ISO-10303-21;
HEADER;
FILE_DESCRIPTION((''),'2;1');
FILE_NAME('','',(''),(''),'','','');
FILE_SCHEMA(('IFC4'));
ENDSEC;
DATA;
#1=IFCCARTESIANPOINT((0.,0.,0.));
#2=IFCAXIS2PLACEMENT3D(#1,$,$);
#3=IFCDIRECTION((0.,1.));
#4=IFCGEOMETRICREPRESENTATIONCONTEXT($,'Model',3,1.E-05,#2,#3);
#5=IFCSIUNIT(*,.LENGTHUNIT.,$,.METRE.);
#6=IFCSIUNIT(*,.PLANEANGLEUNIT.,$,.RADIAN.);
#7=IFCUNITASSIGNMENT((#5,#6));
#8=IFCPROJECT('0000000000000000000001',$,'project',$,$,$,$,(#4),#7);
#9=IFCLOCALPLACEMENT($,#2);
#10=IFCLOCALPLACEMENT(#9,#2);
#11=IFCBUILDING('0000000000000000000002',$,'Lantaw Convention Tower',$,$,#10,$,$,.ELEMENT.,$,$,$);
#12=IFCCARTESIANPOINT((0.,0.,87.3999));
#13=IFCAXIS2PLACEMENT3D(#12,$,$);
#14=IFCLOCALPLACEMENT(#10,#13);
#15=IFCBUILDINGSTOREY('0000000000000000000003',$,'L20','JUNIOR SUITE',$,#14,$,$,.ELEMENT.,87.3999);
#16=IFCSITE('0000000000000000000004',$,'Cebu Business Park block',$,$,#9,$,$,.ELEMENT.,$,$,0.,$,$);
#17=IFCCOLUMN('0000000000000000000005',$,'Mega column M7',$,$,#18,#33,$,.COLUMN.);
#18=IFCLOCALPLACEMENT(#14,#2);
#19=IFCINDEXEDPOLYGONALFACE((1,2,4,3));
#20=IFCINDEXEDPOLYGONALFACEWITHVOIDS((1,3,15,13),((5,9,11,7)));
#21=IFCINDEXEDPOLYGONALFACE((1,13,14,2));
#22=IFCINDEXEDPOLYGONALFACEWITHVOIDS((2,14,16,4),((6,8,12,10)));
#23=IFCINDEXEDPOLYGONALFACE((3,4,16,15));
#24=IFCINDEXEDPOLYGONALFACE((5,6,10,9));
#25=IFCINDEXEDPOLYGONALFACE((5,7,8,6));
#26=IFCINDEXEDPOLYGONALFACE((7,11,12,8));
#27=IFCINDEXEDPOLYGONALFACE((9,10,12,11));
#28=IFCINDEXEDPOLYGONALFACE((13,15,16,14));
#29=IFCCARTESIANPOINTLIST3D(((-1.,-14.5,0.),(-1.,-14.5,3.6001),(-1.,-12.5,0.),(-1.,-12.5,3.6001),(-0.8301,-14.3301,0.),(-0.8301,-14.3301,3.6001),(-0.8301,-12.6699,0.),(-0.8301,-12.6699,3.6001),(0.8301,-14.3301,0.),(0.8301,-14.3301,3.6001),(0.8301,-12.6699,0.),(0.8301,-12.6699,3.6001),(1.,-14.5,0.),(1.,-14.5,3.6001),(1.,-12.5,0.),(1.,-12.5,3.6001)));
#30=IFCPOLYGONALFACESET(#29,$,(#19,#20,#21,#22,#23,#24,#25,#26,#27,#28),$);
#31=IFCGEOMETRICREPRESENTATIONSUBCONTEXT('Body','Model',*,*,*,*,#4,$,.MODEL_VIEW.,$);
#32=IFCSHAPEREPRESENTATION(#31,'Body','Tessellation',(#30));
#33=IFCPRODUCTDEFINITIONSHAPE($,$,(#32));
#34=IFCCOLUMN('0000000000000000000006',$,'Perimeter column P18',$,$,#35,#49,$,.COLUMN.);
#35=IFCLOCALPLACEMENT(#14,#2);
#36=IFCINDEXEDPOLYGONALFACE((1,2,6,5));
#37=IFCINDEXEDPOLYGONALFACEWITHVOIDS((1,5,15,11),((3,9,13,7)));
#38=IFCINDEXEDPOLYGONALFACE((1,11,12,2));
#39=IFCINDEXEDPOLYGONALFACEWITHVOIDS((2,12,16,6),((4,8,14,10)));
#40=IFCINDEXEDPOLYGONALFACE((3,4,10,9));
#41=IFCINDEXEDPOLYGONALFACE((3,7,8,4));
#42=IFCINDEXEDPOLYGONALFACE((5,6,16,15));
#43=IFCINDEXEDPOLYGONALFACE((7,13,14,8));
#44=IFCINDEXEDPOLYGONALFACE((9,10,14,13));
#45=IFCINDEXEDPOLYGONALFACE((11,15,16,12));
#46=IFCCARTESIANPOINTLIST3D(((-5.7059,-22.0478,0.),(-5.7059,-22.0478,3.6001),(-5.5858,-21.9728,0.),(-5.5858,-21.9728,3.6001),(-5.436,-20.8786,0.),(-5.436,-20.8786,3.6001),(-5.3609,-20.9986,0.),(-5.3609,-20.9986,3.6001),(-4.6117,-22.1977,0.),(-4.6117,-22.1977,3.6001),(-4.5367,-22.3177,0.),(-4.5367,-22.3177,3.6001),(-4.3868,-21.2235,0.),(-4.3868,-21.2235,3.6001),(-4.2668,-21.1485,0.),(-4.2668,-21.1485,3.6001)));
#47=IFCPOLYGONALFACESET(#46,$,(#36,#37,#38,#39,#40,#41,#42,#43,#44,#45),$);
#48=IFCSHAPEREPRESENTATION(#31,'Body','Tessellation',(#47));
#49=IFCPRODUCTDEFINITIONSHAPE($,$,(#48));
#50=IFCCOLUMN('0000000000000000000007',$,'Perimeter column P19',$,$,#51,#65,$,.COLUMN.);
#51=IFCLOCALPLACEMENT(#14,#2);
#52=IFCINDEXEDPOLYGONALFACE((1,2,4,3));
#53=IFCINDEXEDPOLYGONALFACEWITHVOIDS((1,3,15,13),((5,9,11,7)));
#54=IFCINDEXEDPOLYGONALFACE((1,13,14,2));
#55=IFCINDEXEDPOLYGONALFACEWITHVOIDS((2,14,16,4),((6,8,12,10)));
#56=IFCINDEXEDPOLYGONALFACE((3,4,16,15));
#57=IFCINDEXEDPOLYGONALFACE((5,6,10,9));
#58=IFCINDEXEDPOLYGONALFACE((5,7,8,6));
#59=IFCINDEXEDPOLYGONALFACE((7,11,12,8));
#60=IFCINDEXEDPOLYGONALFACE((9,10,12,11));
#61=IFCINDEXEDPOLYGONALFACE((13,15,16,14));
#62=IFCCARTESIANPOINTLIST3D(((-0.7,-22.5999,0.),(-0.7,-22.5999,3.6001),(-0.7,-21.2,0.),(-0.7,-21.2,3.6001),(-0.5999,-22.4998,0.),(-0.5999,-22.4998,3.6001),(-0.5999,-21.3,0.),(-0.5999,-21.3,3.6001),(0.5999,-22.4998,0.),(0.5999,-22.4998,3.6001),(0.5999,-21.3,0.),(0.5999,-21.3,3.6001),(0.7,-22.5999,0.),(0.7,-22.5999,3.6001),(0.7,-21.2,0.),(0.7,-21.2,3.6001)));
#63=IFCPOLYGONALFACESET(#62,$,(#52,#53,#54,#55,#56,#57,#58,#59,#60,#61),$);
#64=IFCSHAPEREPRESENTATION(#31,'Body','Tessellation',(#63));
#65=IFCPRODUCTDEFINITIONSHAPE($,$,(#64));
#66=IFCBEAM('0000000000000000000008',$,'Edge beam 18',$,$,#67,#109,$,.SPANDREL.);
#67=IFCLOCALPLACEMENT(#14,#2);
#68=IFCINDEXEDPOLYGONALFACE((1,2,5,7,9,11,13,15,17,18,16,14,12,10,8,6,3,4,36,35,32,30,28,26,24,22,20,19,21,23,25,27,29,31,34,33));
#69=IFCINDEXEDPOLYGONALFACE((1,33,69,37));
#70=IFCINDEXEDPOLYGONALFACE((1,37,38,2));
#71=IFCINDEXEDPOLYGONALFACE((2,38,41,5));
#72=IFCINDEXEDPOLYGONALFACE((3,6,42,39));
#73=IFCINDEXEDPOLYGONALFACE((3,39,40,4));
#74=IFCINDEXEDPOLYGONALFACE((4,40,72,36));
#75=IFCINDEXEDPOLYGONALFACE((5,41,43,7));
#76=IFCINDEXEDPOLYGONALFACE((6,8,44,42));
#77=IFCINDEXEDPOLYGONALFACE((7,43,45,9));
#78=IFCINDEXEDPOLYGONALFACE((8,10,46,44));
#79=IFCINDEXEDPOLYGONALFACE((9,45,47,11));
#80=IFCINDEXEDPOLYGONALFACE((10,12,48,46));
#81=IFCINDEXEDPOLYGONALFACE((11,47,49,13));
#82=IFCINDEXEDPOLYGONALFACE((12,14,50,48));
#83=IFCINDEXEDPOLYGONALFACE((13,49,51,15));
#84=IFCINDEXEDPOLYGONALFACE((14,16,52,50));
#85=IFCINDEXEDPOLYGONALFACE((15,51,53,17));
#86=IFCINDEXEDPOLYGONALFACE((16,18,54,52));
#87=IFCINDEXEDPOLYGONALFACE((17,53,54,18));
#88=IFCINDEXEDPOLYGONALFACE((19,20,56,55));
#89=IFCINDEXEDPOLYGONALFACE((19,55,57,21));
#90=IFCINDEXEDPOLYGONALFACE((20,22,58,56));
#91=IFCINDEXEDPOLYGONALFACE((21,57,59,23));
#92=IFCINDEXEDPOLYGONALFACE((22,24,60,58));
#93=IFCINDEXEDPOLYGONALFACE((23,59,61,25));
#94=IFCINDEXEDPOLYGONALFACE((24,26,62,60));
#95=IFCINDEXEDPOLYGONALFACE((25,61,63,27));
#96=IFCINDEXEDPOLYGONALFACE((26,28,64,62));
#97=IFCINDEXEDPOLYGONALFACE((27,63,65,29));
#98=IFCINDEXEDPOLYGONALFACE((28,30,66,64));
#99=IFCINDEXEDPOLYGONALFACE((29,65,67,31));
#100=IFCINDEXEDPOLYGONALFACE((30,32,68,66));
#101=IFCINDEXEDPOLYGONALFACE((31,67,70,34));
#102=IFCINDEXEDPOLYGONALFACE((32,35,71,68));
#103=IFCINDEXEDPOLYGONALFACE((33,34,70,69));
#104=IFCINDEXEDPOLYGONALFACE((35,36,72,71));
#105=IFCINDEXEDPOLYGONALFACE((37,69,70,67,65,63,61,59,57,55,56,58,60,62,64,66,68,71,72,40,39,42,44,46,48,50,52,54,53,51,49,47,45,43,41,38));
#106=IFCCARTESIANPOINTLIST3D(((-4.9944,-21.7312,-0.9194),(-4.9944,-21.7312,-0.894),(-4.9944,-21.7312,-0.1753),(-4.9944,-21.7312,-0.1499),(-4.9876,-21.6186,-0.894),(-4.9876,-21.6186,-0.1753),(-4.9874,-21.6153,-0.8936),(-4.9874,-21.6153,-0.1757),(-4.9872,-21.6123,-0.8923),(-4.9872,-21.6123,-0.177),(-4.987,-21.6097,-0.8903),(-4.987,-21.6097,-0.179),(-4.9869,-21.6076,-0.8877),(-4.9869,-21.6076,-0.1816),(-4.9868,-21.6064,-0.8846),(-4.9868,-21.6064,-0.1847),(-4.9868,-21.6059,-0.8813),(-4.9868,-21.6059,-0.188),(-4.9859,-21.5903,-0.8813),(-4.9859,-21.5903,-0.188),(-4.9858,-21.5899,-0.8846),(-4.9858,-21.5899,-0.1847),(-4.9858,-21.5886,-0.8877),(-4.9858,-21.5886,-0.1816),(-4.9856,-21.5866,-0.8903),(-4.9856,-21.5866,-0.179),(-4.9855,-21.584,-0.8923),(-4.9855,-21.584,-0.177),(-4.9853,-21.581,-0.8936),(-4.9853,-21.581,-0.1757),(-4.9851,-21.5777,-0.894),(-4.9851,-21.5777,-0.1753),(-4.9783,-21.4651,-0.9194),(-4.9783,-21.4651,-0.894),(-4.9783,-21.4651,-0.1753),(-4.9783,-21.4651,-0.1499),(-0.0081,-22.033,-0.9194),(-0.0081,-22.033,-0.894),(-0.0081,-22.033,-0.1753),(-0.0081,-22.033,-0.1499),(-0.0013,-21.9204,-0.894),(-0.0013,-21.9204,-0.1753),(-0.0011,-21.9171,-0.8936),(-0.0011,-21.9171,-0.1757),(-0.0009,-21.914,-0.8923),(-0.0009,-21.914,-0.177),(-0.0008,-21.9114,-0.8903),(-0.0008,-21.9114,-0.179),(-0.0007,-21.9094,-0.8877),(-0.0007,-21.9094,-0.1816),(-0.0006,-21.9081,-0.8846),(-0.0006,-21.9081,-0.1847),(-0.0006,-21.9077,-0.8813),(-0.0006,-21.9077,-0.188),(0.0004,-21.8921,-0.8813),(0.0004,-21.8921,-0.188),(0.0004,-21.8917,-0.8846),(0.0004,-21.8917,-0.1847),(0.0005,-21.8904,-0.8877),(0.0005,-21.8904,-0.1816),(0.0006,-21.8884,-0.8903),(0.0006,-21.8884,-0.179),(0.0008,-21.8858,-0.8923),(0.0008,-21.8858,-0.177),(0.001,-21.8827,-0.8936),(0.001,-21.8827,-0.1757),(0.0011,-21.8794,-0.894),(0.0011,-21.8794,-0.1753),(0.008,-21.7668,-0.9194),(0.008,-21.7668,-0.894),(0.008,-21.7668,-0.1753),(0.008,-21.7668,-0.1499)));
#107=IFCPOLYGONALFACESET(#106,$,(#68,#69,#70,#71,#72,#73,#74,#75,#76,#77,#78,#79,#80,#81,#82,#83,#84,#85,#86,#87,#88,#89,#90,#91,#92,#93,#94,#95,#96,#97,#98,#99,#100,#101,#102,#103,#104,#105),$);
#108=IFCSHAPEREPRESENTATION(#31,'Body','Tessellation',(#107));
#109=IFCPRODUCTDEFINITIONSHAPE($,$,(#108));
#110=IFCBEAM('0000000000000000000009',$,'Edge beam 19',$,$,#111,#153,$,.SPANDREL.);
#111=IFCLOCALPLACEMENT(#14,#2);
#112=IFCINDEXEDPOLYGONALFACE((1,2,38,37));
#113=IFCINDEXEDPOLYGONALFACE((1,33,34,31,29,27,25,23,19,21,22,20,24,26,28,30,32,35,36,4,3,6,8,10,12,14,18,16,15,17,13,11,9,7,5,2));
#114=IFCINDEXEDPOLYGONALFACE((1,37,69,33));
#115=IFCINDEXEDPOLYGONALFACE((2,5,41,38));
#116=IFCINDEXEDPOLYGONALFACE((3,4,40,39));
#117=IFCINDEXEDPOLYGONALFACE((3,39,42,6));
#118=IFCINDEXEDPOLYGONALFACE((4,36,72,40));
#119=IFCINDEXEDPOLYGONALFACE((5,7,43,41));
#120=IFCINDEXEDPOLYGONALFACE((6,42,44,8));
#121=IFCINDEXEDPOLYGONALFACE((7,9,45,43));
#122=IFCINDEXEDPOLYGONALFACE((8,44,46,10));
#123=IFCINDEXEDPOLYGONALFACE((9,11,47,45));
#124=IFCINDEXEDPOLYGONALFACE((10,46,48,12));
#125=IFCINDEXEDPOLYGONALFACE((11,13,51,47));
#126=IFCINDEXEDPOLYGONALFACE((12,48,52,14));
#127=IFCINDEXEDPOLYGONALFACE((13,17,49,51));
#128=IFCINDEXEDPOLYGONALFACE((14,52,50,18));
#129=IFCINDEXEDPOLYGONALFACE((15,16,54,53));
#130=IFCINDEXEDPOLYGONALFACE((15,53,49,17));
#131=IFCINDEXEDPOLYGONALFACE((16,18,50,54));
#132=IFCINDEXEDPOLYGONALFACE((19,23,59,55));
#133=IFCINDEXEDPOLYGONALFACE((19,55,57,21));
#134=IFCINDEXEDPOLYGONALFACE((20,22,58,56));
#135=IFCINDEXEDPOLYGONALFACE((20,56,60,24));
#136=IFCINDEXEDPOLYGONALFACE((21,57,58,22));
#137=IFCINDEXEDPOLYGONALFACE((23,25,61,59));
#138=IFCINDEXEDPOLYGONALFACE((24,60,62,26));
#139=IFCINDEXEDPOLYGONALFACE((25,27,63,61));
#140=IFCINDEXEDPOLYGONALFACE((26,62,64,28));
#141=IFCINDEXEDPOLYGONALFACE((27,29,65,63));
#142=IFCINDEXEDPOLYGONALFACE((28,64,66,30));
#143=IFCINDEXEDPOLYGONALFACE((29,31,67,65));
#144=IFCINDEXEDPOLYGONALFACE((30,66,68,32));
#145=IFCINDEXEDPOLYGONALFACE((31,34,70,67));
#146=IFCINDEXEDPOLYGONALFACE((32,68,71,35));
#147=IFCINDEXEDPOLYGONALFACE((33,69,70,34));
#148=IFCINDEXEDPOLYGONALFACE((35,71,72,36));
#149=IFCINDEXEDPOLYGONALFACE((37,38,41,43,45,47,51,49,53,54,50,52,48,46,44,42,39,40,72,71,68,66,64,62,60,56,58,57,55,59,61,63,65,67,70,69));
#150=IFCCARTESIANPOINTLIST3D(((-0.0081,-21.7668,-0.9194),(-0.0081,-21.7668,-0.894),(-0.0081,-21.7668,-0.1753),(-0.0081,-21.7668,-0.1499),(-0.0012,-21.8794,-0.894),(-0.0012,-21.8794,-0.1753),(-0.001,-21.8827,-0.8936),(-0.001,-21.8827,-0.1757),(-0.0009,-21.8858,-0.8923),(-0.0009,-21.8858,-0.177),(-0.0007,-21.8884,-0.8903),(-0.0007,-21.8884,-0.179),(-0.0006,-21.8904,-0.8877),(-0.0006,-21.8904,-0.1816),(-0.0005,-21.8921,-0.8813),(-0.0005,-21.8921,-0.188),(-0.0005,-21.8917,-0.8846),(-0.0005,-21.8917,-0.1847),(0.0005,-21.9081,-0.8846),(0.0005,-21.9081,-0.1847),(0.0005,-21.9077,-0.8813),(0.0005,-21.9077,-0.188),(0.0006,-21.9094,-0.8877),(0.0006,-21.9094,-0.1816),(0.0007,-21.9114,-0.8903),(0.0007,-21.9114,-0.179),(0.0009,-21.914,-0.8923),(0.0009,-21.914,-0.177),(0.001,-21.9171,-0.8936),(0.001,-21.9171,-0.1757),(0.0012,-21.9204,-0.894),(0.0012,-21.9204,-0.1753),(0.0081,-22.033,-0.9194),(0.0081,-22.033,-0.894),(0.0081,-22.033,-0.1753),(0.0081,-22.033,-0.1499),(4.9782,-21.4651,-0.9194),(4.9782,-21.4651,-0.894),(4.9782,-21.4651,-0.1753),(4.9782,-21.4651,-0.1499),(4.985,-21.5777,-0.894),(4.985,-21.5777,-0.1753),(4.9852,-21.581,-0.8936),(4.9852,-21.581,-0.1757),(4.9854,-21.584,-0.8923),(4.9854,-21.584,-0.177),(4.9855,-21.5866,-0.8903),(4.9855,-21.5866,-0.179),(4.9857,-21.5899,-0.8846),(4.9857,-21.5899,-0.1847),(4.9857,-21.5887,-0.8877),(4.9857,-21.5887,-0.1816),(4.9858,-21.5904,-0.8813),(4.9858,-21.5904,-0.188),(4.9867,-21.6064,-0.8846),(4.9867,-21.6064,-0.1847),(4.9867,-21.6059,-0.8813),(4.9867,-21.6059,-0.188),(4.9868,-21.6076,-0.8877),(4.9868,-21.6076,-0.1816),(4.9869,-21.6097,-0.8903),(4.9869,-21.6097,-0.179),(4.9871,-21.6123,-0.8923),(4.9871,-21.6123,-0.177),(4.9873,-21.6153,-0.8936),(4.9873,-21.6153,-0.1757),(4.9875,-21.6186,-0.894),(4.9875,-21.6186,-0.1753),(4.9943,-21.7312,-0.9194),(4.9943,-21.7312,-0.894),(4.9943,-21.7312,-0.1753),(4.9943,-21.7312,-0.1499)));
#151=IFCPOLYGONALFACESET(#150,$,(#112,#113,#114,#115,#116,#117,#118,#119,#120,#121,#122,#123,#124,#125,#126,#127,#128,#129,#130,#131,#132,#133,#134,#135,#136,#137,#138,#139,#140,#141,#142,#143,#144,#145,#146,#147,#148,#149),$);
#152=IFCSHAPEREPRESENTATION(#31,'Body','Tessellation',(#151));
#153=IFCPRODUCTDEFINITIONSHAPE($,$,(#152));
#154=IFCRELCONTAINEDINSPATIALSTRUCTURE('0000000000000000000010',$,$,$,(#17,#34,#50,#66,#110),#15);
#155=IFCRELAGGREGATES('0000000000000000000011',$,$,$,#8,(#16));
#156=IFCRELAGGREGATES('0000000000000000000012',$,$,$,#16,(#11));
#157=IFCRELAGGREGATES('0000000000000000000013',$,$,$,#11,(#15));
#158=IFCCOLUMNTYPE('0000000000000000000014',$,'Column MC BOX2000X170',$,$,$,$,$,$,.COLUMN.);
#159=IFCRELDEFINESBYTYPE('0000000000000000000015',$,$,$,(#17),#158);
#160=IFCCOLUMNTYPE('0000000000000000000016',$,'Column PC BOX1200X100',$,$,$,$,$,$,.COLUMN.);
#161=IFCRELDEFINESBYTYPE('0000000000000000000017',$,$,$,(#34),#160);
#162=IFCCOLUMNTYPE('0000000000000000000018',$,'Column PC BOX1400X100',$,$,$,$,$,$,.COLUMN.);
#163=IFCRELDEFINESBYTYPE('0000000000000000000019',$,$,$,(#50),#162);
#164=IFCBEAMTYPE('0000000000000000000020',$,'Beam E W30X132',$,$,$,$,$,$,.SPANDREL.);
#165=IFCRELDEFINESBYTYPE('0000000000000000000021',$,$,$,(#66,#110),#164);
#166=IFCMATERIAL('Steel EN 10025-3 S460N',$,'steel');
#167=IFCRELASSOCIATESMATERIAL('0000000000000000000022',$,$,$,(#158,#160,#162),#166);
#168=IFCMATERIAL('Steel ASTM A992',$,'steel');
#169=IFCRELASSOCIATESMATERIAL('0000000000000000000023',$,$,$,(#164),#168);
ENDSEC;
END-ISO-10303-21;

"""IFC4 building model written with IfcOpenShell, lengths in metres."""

from ifc_helpers import new_model, si_unit, direction, frame, origin, origin_2d, place, context, subcontext, project, spatial, rectangle, hollow_rectangle, i_section, extrude, material, material_profile, profile_set, type_object, element, save


model = new_model("IFC4")

# Units and contexts
model_context = context("Model", 3, precision=1e-05, world=origin(), true_north=direction((0.0, 1.0)))
body_context = subcontext(model_context, "Body", "Model", "MODEL_VIEW")
ifc_project = project(units=[si_unit("LENGTHUNIT", "METRE"), si_unit("PLANEANGLEUNIT", "RADIAN")], contexts=[model_context])

# Site, building, storey
site_placement = place(None, origin())
site = spatial("IfcSite", under=ifc_project, at=site_placement, Name="Cebu Business Park block", CompositionType="ELEMENT", RefElevation=0.0)
building_placement = place(site_placement, origin())
building = spatial("IfcBuilding", under=site, at=building_placement, Name="Lantaw Convention Tower", CompositionType="ELEMENT")
storey_placement = place(building_placement, frame((0.0, 0.0, 87.3999)))
storey = spatial("IfcBuildingStorey", under=building, at=storey_placement, Name="L20", Description="JUNIOR SUITE", CompositionType="ELEMENT", Elevation=87.3999)

# Columns
ifc_material_1 = material(Name="Steel EN 10025-3 S460N", Category="steel")
ifc_material_profile_1 = material_profile(ifc_material_1, hollow_rectangle(XDim=2.0, YDim=2.0, WallThickness=0.1699, at=origin_2d()), Name="BOX2000X170")
ifc_material_2 = material(Name="Concrete C60/75", Category="concrete")
ifc_material_profile_2 = material_profile(ifc_material_2, rectangle(XDim=1.6599, YDim=1.6599, at=origin_2d()), Name="Concrete fill of BOX2000X170")
ifc_profile_set_1 = profile_set([ifc_material_profile_1, ifc_material_profile_2], Name="Steel EN 10025-3 S460N")
column_type_1 = type_object("IfcColumnType", Name="Column MC BOX2000X170", PredefinedType="COLUMN", material=ifc_profile_set_1)
column_1_placement = place(storey_placement, frame((0.0, -13.5, 0.0), z_axis=(0.0, 0.0, 1.0), x_axis=(1.0, 0.0, 0.0)))
element("IfcColumn", 1, at=column_1_placement, inside=storey, type_object=column_type_1, Name="Mega column M7", PredefinedType="COLUMN", context=body_context, shape_type="SweptSolid", body=[
    extrude(hollow_rectangle(XDim=2.0, YDim=2.0, WallThickness=0.1699, at=origin_2d()), origin(), (0.0, 0.0, 1.0), 3.6001),
])
ifc_material_profile_3 = material_profile(ifc_material_1, hollow_rectangle(XDim=1.2, YDim=1.2, WallThickness=0.1001, at=origin_2d()), Name="BOX1200X100")
ifc_material_profile_4 = material_profile(ifc_material_2, rectangle(XDim=1.0, YDim=1.0, at=origin_2d()), Name="Concrete fill of BOX1200X100")
ifc_profile_set_2 = profile_set([ifc_material_profile_3, ifc_material_profile_4], Name="Steel EN 10025-3 S460N")
column_type_2 = type_object("IfcColumnType", Name="Column PC BOX1200X100", PredefinedType="COLUMN", material=ifc_profile_set_2)
column_2_placement = place(storey_placement, frame((-4.9863, -21.5981, 0.0), z_axis=(0.0, 0.0, 1.0), x_axis=(0.224951, 0.97437, 0.0)))
element("IfcColumn", 2, at=column_2_placement, inside=storey, type_object=column_type_2, Name="Perimeter column P18", PredefinedType="COLUMN", context=body_context, shape_type="SweptSolid", body=[
    extrude(hollow_rectangle(XDim=1.2, YDim=1.2, WallThickness=0.1001, at=origin_2d()), origin(), (0.0, 0.0, 1.0), 3.6001),
])
ifc_material_profile_5 = material_profile(ifc_material_1, hollow_rectangle(XDim=1.3999, YDim=1.3999, WallThickness=0.1001, at=origin_2d()), Name="BOX1400X100")
ifc_material_profile_6 = material_profile(ifc_material_2, rectangle(XDim=1.2, YDim=1.2, at=origin_2d()), Name="Concrete fill of BOX1400X100")
ifc_profile_set_3 = profile_set([ifc_material_profile_5, ifc_material_profile_6], Name="Steel EN 10025-3 S460N")
column_type_3 = type_object("IfcColumnType", Name="Column PC BOX1400X100", PredefinedType="COLUMN", material=ifc_profile_set_3)
column_3_placement = place(storey_placement, frame((0.0, -21.8999, 0.0), z_axis=(0.0, 0.0, 1.0), x_axis=(1.0, 0.0, 0.0)))
element("IfcColumn", 3, at=column_3_placement, inside=storey, type_object=column_type_3, Name="Perimeter column P19", PredefinedType="COLUMN", context=body_context, shape_type="SweptSolid", body=[
    extrude(hollow_rectangle(XDim=1.3999, YDim=1.3999, WallThickness=0.1001, at=origin_2d()), origin(), (0.0, 0.0, 1.0), 3.6001),
])

# Beams
ifc_material_3 = material(Name="Steel ASTM A992", Category="steel")
ifc_material_profile_7 = material_profile(ifc_material_3, i_section(OverallWidth=0.2666, OverallDepth=0.7695, WebThickness=0.0156, FlangeThickness=0.0254, FilletRadius=0.0127, at=origin_2d()), Name="W30X132")
ifc_profile_set_4 = profile_set([ifc_material_profile_7], Name="Steel ASTM A992")
beam_type_1 = type_object("IfcBeamType", Name="Beam E W30X132", PredefinedType="SPANDREL", material=ifc_profile_set_4)
for number, where, z_axis, x_axis, name in (
    (4, (-4.9863, -21.5981, -0.5347), (0.998174, -0.060407, 0.0), (0.060407, 0.998174, 0.0), "Edge beam 18"),
    (5, (0.0, -21.8999, -0.5347), (0.998174, 0.060407, 0.0), (-0.060407, 0.998174, 0.0), "Edge beam 19"),
):
    element("IfcBeam", number, at=place(storey_placement, frame(where, z_axis=z_axis, x_axis=x_axis)), inside=storey, type_object=beam_type_1, Name=name, PredefinedType="SPANDREL", context=body_context, shape_type="SweptSolid", body=[
        extrude(i_section(OverallWidth=0.2666, OverallDepth=0.7695, WebThickness=0.0156, FlangeThickness=0.0254, FilletRadius=0.0127, at=origin_2d()), origin(), (0.0, 0.0, 1.0), 4.9954),
    ])

save(model, "model.ifc")
